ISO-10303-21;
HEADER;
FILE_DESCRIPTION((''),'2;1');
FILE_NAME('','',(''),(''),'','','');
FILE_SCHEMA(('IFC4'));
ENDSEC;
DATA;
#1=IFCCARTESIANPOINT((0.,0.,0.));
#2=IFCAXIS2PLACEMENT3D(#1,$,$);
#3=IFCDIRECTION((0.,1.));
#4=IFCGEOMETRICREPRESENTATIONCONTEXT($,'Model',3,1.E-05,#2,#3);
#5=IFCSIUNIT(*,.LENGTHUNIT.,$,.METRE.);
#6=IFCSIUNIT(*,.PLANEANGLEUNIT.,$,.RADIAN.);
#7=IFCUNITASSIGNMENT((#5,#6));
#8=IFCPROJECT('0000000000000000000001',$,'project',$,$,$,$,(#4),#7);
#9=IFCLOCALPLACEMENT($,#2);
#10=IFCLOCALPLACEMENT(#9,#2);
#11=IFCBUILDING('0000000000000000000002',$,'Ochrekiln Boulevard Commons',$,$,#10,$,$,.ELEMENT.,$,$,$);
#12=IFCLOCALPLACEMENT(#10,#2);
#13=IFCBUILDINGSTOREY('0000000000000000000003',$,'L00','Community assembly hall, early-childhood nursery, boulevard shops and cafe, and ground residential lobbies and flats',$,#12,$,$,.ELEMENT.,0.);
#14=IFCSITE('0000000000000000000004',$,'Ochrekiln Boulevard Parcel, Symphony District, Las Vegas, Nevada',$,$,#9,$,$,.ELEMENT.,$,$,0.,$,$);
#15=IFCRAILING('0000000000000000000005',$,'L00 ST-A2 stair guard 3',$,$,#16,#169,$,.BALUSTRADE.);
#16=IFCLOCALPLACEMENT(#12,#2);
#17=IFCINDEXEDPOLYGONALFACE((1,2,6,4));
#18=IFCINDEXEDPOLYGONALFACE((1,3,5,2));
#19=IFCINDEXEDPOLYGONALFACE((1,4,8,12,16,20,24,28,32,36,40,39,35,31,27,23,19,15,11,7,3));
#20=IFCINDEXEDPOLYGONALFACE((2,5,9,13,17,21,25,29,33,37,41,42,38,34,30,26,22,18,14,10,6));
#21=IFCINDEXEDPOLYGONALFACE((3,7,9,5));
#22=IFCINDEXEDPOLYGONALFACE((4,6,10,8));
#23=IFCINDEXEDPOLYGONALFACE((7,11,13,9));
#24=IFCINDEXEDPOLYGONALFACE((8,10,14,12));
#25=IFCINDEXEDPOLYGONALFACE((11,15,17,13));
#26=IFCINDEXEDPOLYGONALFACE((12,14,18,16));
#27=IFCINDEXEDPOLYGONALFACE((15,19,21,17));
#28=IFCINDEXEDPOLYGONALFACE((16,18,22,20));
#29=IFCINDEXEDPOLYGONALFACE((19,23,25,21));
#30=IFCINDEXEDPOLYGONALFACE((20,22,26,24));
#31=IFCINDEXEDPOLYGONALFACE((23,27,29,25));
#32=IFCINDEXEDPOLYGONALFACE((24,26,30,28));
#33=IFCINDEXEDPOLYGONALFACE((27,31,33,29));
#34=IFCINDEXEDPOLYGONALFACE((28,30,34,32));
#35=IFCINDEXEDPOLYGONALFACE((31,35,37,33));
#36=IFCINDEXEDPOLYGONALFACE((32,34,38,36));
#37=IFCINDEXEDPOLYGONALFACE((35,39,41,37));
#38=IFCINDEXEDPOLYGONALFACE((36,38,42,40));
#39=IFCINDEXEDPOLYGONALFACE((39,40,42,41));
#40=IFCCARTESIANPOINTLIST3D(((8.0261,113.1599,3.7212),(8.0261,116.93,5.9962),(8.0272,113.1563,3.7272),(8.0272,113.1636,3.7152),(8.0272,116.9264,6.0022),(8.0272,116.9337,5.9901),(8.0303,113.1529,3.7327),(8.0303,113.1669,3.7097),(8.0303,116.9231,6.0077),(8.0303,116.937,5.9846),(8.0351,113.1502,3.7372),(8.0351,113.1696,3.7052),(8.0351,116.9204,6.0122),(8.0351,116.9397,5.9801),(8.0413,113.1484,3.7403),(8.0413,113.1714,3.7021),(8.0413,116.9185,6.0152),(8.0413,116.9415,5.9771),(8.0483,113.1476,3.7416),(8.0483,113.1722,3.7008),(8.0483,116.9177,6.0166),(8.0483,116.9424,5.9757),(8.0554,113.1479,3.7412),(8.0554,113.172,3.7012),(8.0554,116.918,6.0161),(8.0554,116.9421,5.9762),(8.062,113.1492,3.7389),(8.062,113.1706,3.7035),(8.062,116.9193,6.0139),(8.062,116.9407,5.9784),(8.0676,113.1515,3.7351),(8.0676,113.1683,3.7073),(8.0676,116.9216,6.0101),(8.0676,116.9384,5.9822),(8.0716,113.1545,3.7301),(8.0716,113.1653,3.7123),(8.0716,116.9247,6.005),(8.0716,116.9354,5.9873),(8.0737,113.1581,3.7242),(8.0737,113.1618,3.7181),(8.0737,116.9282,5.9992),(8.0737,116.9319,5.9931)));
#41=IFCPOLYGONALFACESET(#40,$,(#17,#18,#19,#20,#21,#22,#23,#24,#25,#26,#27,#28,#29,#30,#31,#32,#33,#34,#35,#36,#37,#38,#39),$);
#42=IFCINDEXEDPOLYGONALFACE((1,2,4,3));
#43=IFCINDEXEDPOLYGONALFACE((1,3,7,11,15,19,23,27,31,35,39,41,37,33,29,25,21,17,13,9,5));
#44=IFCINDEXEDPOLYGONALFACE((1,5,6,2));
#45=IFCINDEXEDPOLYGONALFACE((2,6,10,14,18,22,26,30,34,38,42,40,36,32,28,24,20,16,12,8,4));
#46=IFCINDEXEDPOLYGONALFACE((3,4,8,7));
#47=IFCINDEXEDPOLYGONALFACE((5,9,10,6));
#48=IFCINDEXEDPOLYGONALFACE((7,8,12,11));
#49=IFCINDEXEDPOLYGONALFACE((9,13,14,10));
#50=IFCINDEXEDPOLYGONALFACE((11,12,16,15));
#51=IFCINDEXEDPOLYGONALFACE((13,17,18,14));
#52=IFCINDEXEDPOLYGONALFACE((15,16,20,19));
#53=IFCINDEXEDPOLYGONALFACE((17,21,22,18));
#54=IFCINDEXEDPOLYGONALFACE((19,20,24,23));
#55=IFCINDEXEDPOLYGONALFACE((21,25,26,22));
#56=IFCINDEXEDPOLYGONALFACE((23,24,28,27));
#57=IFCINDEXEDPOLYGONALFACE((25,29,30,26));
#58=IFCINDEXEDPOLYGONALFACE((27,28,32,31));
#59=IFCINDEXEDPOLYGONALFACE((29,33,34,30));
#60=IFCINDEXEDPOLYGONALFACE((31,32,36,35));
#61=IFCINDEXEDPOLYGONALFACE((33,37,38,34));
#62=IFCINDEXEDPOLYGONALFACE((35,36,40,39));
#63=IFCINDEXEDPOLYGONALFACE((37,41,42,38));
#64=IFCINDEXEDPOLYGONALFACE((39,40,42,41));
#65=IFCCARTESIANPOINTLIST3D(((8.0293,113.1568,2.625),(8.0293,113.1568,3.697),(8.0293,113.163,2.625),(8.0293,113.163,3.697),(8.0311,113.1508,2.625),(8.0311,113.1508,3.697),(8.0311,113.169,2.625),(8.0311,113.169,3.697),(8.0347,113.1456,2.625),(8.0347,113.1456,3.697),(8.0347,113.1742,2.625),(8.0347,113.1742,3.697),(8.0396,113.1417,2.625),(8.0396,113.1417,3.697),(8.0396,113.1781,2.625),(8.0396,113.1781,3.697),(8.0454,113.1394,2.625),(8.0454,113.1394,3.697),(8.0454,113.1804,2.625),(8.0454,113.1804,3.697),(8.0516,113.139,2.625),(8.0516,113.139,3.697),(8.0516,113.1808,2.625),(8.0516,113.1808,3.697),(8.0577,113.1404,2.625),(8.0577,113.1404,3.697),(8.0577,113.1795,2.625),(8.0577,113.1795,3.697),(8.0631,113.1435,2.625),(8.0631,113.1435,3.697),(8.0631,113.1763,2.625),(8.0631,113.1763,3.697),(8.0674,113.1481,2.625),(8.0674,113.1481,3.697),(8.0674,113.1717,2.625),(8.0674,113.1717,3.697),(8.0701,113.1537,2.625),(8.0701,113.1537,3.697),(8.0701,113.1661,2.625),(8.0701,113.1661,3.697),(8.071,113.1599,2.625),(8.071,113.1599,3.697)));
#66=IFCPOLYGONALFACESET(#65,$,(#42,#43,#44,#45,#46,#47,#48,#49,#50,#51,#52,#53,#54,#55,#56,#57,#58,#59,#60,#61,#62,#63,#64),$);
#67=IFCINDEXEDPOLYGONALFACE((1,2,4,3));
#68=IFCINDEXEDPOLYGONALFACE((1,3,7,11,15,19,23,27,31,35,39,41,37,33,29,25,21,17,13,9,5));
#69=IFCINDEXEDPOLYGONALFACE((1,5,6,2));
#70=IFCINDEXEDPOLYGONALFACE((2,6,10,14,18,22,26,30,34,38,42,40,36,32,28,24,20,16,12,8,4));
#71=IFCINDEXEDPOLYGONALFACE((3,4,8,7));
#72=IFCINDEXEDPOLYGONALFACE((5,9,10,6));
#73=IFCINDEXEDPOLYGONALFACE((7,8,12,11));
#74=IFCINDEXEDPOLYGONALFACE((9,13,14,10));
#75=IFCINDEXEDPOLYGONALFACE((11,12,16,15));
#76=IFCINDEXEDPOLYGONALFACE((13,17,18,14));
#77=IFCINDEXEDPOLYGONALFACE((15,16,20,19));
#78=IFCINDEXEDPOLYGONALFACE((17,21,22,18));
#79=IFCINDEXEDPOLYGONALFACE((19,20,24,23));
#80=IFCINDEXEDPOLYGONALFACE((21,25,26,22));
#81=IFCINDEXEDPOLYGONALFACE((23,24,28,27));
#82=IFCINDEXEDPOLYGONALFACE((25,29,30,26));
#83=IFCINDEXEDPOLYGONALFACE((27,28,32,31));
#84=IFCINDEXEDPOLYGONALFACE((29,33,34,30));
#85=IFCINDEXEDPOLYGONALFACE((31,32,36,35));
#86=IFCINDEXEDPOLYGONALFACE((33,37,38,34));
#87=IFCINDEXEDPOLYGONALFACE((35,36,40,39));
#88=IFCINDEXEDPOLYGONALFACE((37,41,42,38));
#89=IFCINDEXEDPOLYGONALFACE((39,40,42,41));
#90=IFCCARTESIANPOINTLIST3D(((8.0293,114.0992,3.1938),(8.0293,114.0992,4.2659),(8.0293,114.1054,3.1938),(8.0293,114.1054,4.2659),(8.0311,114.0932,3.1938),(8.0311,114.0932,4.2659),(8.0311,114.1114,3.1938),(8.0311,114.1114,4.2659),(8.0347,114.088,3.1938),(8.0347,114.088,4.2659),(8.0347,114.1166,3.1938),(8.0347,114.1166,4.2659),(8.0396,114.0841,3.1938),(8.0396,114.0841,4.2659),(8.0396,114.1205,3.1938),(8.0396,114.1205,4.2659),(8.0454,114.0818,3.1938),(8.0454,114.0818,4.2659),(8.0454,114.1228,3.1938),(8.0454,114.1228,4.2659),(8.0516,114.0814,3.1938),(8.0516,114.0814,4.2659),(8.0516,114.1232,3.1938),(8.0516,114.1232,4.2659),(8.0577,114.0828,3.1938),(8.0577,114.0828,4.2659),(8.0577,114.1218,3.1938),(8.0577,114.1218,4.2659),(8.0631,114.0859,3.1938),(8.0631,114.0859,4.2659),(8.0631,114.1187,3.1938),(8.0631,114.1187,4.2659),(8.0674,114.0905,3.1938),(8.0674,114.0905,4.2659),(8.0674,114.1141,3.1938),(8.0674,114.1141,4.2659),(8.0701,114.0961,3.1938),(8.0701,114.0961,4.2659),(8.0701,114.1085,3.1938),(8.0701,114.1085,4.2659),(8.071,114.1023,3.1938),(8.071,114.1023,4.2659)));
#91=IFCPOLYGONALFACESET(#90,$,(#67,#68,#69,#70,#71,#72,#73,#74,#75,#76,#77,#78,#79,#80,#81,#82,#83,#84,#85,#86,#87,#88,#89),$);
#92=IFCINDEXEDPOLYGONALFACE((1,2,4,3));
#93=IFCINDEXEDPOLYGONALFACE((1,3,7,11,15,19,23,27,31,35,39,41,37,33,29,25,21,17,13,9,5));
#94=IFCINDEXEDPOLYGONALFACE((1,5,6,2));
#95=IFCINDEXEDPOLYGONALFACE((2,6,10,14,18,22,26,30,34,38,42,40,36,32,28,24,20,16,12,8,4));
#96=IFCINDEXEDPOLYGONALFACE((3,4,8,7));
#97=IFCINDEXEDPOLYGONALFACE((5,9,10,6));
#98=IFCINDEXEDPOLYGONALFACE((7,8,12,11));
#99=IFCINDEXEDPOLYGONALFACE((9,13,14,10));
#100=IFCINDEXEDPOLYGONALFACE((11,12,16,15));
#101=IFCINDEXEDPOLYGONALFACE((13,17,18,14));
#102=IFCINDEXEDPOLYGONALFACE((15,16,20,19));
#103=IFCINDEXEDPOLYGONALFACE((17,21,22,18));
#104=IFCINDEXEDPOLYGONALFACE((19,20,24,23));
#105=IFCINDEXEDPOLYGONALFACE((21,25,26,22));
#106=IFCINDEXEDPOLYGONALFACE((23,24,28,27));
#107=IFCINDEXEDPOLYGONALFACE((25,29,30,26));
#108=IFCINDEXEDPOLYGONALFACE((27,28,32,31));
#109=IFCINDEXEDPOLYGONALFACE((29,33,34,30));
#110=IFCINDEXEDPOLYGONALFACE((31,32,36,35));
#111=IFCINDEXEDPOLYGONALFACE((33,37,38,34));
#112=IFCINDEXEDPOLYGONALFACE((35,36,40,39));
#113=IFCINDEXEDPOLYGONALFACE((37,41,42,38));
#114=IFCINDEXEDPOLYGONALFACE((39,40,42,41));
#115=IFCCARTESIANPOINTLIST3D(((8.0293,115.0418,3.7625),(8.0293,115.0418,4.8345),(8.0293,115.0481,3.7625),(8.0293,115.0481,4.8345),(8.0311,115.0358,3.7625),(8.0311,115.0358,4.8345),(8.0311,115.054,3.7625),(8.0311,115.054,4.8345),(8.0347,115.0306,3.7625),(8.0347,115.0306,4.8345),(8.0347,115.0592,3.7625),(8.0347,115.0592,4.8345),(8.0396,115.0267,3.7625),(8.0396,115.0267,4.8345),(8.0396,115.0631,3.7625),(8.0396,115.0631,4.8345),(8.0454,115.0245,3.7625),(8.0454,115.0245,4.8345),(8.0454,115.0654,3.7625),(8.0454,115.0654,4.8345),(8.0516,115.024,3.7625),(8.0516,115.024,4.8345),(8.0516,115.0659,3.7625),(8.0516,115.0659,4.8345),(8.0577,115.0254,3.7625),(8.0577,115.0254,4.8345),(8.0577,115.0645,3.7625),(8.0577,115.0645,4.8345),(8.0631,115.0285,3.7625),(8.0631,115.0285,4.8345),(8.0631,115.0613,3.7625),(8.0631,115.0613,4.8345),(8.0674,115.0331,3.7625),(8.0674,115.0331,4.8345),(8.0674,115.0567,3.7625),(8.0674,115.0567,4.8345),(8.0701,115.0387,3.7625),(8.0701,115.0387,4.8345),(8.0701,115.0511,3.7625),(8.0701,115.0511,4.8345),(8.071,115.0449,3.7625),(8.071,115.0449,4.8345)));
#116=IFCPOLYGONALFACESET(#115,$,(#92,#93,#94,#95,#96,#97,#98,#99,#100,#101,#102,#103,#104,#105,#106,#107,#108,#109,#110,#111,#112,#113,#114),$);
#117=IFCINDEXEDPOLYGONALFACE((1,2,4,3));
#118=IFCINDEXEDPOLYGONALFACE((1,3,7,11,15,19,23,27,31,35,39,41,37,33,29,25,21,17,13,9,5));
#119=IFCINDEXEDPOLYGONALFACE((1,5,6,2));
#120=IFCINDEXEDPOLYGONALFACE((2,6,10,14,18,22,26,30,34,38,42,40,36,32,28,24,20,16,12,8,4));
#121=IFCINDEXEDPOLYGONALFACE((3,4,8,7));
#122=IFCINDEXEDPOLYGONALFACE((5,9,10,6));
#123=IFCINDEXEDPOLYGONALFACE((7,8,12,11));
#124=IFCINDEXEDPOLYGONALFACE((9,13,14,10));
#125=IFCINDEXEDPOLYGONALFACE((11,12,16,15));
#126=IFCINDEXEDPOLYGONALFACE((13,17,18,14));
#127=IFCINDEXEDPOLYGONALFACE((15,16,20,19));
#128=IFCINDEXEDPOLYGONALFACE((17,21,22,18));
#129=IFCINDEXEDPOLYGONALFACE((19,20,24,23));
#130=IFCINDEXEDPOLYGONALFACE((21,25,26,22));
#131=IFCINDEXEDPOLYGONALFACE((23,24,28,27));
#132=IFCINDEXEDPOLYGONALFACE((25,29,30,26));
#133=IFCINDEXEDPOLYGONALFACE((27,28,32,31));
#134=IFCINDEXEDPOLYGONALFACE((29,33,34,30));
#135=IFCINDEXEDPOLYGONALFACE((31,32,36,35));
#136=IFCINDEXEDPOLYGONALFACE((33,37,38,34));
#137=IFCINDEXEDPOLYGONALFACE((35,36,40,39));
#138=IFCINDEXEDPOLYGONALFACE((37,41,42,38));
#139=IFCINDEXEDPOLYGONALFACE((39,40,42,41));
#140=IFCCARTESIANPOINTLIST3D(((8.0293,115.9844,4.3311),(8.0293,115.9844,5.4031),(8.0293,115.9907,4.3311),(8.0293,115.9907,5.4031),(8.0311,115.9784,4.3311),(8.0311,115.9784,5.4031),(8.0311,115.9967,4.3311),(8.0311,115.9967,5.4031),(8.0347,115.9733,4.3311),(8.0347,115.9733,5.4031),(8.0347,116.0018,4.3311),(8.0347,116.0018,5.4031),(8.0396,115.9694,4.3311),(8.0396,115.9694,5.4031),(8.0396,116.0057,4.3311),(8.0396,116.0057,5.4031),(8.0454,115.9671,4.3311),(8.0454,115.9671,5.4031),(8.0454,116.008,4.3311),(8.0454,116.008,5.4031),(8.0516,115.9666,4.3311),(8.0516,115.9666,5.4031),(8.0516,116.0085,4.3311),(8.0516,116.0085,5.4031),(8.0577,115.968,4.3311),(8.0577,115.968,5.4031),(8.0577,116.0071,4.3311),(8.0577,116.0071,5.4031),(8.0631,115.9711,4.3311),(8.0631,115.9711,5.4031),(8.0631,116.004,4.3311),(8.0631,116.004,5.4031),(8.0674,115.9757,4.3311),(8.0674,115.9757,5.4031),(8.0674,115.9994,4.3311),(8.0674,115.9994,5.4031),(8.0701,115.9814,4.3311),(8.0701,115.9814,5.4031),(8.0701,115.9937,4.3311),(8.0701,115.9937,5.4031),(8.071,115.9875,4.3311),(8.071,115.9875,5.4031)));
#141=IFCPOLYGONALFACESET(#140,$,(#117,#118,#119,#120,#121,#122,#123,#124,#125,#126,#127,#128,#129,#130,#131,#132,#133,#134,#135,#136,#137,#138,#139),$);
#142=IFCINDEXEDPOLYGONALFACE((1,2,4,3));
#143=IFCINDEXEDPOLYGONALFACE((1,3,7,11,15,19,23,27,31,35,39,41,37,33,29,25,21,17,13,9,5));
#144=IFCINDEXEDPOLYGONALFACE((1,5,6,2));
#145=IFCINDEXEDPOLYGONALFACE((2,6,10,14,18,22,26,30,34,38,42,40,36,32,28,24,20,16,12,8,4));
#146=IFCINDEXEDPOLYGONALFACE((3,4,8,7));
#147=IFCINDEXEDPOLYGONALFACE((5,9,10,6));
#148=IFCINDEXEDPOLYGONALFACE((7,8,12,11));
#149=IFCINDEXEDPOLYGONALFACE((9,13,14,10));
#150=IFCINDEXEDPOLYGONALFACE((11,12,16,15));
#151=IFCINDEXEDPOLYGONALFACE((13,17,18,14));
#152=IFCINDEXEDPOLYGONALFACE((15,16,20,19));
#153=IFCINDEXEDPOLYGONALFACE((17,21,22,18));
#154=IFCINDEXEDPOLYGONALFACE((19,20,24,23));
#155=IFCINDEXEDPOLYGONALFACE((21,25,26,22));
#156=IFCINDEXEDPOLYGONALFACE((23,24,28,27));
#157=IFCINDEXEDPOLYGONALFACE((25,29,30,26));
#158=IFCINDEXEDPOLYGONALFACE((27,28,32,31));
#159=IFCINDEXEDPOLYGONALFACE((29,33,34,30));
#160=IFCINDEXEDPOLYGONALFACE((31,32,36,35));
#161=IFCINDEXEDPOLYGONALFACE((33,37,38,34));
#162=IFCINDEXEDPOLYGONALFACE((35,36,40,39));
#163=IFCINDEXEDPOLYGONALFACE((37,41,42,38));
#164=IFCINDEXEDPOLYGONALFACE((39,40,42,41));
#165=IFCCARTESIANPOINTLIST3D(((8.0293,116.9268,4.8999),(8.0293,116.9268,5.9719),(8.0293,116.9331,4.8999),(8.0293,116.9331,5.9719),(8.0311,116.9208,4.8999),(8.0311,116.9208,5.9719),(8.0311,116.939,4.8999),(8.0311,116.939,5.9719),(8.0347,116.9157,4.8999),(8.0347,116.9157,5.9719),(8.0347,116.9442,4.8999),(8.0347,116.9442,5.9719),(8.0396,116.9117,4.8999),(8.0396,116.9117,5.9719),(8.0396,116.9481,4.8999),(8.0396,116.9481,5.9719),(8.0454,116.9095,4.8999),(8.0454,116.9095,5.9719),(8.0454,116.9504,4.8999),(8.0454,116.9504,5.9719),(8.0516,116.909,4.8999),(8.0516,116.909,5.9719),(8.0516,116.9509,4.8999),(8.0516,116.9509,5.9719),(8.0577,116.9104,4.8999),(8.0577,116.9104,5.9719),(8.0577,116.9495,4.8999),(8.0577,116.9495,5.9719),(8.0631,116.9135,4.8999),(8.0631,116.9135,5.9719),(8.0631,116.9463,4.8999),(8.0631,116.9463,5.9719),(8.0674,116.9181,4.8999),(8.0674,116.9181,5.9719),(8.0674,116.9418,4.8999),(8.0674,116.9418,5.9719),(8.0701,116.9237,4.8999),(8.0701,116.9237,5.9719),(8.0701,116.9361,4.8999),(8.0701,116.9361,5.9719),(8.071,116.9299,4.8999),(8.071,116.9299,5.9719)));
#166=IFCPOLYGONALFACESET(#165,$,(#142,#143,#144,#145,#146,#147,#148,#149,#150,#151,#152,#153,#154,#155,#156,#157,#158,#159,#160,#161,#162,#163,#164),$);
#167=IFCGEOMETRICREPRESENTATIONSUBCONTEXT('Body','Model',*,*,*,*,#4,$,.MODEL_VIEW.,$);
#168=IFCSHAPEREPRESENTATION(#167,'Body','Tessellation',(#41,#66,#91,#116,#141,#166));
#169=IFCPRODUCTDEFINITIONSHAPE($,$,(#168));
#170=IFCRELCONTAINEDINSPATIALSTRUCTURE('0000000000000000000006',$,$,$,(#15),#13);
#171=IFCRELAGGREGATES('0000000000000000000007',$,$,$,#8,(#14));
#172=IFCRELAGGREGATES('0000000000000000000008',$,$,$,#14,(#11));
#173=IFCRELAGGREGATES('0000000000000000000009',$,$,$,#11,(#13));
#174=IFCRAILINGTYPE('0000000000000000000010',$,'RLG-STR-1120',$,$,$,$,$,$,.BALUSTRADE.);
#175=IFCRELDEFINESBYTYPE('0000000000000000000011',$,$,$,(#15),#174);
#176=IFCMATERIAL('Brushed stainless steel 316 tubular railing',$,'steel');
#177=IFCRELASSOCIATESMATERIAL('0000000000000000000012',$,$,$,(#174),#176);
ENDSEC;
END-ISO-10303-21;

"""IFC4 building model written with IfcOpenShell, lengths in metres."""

from ifc_helpers import new_model, si_unit, direction, frame, origin, origin_2d, place, context, subcontext, project, spatial, circle, extrude, material, type_object, element, save


model = new_model("IFC4")

# Units and contexts
model_context = context("Model", 3, precision=1e-05, world=origin(), true_north=direction((0.0, 1.0)))
body_context = subcontext(model_context, "Body", "Model", "MODEL_VIEW")
ifc_project = project(units=[si_unit("LENGTHUNIT", "METRE"), si_unit("PLANEANGLEUNIT", "RADIAN")], contexts=[model_context])

# Site, building, storey
site_placement = place(None, origin())
site = spatial("IfcSite", under=ifc_project, at=site_placement, Name="Ochrekiln Boulevard Parcel, Symphony District, Las Vegas, Nevada", CompositionType="ELEMENT", RefElevation=0.0)
building_placement = place(site_placement, origin())
building = spatial("IfcBuilding", under=site, at=building_placement, Name="Ochrekiln Boulevard Commons", CompositionType="ELEMENT")
storey_placement = place(building_placement, origin())
storey = spatial("IfcBuildingStorey", under=building, at=storey_placement, Name="L00", Description="Community assembly hall, early-childhood nursery, boulevard shops and cafe, and ground residential lobbies and flats", CompositionType="ELEMENT", Elevation=0.0)

# Railing
ifc_material_1 = material(Name="Brushed stainless steel 316 tubular railing", Category="steel")
railing_type_1 = type_object("IfcRailingType", Name="RLG-STR-1120", PredefinedType="BALUSTRADE", material=ifc_material_1)
railing_1_placement = place(storey_placement, frame((8.05, 113.1599, 2.625)))
element("IfcRailing", 1, at=railing_1_placement, inside=storey, type_object=railing_type_1, Name="L00 ST-A2 stair guard 3", PredefinedType="BALUSTRADE", context=body_context, shape_type="SweptSolid", body=[
    extrude(circle(Radius=0.0239, at=origin_2d()), frame((0.0, 0.0, 1.0962), z_axis=(0.0, 0.856199, 0.516647), x_axis=(-1.0, 0.0, 0.0)), (0.0, 0.0, 1.0), 4.4033),
    extrude(circle(Radius=0.021, at=origin_2d()), origin(), (0.0, 0.0, 1.0), 1.072),
    extrude(circle(Radius=0.021, at=origin_2d()), frame((0.0, 0.9424, 0.5688)), (0.0, 0.0, 1.0), 1.072),
    extrude(circle(Radius=0.021, at=origin_2d()), frame((0.0, 1.885, 1.1375)), (0.0, 0.0, 1.0), 1.072),
    extrude(circle(Radius=0.021, at=origin_2d()), frame((0.0, 2.8276, 1.7061)), (0.0, 0.0, 1.0), 1.072),
    extrude(circle(Radius=0.021, at=origin_2d()), frame((0.0, 3.77, 2.2749)), (0.0, 0.0, 1.0), 1.072),
])

save(model, "model.ifc")
